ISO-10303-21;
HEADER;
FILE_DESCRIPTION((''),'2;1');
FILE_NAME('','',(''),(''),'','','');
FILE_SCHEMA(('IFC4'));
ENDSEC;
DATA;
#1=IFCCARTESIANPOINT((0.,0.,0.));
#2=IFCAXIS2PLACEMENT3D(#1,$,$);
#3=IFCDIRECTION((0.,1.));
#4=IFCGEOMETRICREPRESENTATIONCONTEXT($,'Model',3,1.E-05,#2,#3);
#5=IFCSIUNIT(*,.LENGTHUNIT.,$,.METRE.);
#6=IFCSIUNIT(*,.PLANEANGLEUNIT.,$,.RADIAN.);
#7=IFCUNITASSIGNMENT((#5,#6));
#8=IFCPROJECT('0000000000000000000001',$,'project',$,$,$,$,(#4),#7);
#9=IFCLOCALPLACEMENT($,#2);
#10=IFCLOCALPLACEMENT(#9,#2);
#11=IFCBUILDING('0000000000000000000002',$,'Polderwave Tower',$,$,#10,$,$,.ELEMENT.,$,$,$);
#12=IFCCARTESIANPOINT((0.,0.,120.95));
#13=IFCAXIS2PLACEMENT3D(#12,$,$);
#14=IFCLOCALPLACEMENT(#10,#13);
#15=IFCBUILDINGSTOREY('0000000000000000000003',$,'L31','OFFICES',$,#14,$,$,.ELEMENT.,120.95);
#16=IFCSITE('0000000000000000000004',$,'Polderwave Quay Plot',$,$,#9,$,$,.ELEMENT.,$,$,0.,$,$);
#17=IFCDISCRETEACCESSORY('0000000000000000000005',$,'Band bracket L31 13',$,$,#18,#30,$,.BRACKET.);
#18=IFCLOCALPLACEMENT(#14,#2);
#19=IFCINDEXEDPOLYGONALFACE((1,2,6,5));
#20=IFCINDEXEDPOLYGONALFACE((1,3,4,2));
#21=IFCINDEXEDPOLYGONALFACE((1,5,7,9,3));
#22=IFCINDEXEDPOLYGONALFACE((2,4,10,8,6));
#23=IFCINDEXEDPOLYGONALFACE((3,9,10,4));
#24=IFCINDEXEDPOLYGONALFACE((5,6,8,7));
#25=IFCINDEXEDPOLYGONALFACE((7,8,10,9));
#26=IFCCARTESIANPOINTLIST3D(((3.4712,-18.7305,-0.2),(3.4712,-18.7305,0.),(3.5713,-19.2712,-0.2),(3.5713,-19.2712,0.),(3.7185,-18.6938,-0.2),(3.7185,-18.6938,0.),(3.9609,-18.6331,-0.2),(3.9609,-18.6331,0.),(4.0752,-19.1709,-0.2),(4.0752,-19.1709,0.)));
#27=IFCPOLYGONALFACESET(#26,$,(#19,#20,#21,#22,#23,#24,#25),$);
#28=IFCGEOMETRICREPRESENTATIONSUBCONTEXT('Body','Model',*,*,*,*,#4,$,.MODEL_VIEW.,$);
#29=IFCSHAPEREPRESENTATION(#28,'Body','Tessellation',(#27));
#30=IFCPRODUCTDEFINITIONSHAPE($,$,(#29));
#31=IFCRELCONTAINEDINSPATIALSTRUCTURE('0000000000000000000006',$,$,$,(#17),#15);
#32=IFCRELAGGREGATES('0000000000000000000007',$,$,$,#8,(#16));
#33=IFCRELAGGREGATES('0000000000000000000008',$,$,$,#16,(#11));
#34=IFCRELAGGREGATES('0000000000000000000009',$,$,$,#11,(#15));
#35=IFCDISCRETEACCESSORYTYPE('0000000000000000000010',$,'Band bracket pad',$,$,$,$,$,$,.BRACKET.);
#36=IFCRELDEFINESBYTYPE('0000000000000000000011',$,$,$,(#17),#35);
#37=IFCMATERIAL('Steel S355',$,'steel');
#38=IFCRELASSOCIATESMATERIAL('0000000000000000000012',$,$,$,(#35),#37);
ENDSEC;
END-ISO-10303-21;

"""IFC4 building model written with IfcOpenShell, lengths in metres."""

from ifc_helpers import new_model, si_unit, direction, frame, origin, place, context, subcontext, project, spatial, polyline, outline, extrude, material, type_object, element, save


model = new_model("IFC4")

# Units and contexts
model_context = context("Model", 3, precision=1e-05, world=origin(), true_north=direction((0.0, 1.0)))
body_context = subcontext(model_context, "Body", "Model", "MODEL_VIEW")
ifc_project = project(units=[si_unit("LENGTHUNIT", "METRE"), si_unit("PLANEANGLEUNIT", "RADIAN")], contexts=[model_context])

# Site, building, storey
site_placement = place(None, origin())
site = spatial("IfcSite", under=ifc_project, at=site_placement, Name="Polderwave Quay Plot", CompositionType="ELEMENT", RefElevation=0.0)
building_placement = place(site_placement, origin())
building = spatial("IfcBuilding", under=site, at=building_placement, Name="Polderwave Tower", CompositionType="ELEMENT")
storey_placement = place(building_placement, frame((0.0, 0.0, 120.95)))
storey = spatial("IfcBuildingStorey", under=building, at=storey_placement, Name="L31", Description="OFFICES", CompositionType="ELEMENT", Elevation=120.95)

# Discrete accessory
ifc_material_1 = material(Name="Steel S355", Category="steel")
discrete_accessory_type = type_object("IfcDiscreteAccessoryType", Name="Band bracket pad", PredefinedType="BRACKET", material=ifc_material_1)
discrete_accessory_placement = place(storey_placement, frame((0.0, 0.0, -0.2)))
element("IfcDiscreteAccessory", 1, at=discrete_accessory_placement, inside=storey, type_object=discrete_accessory_type, Name="Band bracket L31 13", PredefinedType="BRACKET", context=body_context, shape_type="SweptSolid", body=[
    extrude(outline(polyline([(3.4712, -18.7305), (3.7185, -18.6938), (3.9609, -18.6331), (4.0752, -19.1709), (3.5713, -19.2712), (3.4712, -18.7305)])), origin(), (0.0, 0.0, 1.0), 0.2),
])

save(model, "model.ifc")
